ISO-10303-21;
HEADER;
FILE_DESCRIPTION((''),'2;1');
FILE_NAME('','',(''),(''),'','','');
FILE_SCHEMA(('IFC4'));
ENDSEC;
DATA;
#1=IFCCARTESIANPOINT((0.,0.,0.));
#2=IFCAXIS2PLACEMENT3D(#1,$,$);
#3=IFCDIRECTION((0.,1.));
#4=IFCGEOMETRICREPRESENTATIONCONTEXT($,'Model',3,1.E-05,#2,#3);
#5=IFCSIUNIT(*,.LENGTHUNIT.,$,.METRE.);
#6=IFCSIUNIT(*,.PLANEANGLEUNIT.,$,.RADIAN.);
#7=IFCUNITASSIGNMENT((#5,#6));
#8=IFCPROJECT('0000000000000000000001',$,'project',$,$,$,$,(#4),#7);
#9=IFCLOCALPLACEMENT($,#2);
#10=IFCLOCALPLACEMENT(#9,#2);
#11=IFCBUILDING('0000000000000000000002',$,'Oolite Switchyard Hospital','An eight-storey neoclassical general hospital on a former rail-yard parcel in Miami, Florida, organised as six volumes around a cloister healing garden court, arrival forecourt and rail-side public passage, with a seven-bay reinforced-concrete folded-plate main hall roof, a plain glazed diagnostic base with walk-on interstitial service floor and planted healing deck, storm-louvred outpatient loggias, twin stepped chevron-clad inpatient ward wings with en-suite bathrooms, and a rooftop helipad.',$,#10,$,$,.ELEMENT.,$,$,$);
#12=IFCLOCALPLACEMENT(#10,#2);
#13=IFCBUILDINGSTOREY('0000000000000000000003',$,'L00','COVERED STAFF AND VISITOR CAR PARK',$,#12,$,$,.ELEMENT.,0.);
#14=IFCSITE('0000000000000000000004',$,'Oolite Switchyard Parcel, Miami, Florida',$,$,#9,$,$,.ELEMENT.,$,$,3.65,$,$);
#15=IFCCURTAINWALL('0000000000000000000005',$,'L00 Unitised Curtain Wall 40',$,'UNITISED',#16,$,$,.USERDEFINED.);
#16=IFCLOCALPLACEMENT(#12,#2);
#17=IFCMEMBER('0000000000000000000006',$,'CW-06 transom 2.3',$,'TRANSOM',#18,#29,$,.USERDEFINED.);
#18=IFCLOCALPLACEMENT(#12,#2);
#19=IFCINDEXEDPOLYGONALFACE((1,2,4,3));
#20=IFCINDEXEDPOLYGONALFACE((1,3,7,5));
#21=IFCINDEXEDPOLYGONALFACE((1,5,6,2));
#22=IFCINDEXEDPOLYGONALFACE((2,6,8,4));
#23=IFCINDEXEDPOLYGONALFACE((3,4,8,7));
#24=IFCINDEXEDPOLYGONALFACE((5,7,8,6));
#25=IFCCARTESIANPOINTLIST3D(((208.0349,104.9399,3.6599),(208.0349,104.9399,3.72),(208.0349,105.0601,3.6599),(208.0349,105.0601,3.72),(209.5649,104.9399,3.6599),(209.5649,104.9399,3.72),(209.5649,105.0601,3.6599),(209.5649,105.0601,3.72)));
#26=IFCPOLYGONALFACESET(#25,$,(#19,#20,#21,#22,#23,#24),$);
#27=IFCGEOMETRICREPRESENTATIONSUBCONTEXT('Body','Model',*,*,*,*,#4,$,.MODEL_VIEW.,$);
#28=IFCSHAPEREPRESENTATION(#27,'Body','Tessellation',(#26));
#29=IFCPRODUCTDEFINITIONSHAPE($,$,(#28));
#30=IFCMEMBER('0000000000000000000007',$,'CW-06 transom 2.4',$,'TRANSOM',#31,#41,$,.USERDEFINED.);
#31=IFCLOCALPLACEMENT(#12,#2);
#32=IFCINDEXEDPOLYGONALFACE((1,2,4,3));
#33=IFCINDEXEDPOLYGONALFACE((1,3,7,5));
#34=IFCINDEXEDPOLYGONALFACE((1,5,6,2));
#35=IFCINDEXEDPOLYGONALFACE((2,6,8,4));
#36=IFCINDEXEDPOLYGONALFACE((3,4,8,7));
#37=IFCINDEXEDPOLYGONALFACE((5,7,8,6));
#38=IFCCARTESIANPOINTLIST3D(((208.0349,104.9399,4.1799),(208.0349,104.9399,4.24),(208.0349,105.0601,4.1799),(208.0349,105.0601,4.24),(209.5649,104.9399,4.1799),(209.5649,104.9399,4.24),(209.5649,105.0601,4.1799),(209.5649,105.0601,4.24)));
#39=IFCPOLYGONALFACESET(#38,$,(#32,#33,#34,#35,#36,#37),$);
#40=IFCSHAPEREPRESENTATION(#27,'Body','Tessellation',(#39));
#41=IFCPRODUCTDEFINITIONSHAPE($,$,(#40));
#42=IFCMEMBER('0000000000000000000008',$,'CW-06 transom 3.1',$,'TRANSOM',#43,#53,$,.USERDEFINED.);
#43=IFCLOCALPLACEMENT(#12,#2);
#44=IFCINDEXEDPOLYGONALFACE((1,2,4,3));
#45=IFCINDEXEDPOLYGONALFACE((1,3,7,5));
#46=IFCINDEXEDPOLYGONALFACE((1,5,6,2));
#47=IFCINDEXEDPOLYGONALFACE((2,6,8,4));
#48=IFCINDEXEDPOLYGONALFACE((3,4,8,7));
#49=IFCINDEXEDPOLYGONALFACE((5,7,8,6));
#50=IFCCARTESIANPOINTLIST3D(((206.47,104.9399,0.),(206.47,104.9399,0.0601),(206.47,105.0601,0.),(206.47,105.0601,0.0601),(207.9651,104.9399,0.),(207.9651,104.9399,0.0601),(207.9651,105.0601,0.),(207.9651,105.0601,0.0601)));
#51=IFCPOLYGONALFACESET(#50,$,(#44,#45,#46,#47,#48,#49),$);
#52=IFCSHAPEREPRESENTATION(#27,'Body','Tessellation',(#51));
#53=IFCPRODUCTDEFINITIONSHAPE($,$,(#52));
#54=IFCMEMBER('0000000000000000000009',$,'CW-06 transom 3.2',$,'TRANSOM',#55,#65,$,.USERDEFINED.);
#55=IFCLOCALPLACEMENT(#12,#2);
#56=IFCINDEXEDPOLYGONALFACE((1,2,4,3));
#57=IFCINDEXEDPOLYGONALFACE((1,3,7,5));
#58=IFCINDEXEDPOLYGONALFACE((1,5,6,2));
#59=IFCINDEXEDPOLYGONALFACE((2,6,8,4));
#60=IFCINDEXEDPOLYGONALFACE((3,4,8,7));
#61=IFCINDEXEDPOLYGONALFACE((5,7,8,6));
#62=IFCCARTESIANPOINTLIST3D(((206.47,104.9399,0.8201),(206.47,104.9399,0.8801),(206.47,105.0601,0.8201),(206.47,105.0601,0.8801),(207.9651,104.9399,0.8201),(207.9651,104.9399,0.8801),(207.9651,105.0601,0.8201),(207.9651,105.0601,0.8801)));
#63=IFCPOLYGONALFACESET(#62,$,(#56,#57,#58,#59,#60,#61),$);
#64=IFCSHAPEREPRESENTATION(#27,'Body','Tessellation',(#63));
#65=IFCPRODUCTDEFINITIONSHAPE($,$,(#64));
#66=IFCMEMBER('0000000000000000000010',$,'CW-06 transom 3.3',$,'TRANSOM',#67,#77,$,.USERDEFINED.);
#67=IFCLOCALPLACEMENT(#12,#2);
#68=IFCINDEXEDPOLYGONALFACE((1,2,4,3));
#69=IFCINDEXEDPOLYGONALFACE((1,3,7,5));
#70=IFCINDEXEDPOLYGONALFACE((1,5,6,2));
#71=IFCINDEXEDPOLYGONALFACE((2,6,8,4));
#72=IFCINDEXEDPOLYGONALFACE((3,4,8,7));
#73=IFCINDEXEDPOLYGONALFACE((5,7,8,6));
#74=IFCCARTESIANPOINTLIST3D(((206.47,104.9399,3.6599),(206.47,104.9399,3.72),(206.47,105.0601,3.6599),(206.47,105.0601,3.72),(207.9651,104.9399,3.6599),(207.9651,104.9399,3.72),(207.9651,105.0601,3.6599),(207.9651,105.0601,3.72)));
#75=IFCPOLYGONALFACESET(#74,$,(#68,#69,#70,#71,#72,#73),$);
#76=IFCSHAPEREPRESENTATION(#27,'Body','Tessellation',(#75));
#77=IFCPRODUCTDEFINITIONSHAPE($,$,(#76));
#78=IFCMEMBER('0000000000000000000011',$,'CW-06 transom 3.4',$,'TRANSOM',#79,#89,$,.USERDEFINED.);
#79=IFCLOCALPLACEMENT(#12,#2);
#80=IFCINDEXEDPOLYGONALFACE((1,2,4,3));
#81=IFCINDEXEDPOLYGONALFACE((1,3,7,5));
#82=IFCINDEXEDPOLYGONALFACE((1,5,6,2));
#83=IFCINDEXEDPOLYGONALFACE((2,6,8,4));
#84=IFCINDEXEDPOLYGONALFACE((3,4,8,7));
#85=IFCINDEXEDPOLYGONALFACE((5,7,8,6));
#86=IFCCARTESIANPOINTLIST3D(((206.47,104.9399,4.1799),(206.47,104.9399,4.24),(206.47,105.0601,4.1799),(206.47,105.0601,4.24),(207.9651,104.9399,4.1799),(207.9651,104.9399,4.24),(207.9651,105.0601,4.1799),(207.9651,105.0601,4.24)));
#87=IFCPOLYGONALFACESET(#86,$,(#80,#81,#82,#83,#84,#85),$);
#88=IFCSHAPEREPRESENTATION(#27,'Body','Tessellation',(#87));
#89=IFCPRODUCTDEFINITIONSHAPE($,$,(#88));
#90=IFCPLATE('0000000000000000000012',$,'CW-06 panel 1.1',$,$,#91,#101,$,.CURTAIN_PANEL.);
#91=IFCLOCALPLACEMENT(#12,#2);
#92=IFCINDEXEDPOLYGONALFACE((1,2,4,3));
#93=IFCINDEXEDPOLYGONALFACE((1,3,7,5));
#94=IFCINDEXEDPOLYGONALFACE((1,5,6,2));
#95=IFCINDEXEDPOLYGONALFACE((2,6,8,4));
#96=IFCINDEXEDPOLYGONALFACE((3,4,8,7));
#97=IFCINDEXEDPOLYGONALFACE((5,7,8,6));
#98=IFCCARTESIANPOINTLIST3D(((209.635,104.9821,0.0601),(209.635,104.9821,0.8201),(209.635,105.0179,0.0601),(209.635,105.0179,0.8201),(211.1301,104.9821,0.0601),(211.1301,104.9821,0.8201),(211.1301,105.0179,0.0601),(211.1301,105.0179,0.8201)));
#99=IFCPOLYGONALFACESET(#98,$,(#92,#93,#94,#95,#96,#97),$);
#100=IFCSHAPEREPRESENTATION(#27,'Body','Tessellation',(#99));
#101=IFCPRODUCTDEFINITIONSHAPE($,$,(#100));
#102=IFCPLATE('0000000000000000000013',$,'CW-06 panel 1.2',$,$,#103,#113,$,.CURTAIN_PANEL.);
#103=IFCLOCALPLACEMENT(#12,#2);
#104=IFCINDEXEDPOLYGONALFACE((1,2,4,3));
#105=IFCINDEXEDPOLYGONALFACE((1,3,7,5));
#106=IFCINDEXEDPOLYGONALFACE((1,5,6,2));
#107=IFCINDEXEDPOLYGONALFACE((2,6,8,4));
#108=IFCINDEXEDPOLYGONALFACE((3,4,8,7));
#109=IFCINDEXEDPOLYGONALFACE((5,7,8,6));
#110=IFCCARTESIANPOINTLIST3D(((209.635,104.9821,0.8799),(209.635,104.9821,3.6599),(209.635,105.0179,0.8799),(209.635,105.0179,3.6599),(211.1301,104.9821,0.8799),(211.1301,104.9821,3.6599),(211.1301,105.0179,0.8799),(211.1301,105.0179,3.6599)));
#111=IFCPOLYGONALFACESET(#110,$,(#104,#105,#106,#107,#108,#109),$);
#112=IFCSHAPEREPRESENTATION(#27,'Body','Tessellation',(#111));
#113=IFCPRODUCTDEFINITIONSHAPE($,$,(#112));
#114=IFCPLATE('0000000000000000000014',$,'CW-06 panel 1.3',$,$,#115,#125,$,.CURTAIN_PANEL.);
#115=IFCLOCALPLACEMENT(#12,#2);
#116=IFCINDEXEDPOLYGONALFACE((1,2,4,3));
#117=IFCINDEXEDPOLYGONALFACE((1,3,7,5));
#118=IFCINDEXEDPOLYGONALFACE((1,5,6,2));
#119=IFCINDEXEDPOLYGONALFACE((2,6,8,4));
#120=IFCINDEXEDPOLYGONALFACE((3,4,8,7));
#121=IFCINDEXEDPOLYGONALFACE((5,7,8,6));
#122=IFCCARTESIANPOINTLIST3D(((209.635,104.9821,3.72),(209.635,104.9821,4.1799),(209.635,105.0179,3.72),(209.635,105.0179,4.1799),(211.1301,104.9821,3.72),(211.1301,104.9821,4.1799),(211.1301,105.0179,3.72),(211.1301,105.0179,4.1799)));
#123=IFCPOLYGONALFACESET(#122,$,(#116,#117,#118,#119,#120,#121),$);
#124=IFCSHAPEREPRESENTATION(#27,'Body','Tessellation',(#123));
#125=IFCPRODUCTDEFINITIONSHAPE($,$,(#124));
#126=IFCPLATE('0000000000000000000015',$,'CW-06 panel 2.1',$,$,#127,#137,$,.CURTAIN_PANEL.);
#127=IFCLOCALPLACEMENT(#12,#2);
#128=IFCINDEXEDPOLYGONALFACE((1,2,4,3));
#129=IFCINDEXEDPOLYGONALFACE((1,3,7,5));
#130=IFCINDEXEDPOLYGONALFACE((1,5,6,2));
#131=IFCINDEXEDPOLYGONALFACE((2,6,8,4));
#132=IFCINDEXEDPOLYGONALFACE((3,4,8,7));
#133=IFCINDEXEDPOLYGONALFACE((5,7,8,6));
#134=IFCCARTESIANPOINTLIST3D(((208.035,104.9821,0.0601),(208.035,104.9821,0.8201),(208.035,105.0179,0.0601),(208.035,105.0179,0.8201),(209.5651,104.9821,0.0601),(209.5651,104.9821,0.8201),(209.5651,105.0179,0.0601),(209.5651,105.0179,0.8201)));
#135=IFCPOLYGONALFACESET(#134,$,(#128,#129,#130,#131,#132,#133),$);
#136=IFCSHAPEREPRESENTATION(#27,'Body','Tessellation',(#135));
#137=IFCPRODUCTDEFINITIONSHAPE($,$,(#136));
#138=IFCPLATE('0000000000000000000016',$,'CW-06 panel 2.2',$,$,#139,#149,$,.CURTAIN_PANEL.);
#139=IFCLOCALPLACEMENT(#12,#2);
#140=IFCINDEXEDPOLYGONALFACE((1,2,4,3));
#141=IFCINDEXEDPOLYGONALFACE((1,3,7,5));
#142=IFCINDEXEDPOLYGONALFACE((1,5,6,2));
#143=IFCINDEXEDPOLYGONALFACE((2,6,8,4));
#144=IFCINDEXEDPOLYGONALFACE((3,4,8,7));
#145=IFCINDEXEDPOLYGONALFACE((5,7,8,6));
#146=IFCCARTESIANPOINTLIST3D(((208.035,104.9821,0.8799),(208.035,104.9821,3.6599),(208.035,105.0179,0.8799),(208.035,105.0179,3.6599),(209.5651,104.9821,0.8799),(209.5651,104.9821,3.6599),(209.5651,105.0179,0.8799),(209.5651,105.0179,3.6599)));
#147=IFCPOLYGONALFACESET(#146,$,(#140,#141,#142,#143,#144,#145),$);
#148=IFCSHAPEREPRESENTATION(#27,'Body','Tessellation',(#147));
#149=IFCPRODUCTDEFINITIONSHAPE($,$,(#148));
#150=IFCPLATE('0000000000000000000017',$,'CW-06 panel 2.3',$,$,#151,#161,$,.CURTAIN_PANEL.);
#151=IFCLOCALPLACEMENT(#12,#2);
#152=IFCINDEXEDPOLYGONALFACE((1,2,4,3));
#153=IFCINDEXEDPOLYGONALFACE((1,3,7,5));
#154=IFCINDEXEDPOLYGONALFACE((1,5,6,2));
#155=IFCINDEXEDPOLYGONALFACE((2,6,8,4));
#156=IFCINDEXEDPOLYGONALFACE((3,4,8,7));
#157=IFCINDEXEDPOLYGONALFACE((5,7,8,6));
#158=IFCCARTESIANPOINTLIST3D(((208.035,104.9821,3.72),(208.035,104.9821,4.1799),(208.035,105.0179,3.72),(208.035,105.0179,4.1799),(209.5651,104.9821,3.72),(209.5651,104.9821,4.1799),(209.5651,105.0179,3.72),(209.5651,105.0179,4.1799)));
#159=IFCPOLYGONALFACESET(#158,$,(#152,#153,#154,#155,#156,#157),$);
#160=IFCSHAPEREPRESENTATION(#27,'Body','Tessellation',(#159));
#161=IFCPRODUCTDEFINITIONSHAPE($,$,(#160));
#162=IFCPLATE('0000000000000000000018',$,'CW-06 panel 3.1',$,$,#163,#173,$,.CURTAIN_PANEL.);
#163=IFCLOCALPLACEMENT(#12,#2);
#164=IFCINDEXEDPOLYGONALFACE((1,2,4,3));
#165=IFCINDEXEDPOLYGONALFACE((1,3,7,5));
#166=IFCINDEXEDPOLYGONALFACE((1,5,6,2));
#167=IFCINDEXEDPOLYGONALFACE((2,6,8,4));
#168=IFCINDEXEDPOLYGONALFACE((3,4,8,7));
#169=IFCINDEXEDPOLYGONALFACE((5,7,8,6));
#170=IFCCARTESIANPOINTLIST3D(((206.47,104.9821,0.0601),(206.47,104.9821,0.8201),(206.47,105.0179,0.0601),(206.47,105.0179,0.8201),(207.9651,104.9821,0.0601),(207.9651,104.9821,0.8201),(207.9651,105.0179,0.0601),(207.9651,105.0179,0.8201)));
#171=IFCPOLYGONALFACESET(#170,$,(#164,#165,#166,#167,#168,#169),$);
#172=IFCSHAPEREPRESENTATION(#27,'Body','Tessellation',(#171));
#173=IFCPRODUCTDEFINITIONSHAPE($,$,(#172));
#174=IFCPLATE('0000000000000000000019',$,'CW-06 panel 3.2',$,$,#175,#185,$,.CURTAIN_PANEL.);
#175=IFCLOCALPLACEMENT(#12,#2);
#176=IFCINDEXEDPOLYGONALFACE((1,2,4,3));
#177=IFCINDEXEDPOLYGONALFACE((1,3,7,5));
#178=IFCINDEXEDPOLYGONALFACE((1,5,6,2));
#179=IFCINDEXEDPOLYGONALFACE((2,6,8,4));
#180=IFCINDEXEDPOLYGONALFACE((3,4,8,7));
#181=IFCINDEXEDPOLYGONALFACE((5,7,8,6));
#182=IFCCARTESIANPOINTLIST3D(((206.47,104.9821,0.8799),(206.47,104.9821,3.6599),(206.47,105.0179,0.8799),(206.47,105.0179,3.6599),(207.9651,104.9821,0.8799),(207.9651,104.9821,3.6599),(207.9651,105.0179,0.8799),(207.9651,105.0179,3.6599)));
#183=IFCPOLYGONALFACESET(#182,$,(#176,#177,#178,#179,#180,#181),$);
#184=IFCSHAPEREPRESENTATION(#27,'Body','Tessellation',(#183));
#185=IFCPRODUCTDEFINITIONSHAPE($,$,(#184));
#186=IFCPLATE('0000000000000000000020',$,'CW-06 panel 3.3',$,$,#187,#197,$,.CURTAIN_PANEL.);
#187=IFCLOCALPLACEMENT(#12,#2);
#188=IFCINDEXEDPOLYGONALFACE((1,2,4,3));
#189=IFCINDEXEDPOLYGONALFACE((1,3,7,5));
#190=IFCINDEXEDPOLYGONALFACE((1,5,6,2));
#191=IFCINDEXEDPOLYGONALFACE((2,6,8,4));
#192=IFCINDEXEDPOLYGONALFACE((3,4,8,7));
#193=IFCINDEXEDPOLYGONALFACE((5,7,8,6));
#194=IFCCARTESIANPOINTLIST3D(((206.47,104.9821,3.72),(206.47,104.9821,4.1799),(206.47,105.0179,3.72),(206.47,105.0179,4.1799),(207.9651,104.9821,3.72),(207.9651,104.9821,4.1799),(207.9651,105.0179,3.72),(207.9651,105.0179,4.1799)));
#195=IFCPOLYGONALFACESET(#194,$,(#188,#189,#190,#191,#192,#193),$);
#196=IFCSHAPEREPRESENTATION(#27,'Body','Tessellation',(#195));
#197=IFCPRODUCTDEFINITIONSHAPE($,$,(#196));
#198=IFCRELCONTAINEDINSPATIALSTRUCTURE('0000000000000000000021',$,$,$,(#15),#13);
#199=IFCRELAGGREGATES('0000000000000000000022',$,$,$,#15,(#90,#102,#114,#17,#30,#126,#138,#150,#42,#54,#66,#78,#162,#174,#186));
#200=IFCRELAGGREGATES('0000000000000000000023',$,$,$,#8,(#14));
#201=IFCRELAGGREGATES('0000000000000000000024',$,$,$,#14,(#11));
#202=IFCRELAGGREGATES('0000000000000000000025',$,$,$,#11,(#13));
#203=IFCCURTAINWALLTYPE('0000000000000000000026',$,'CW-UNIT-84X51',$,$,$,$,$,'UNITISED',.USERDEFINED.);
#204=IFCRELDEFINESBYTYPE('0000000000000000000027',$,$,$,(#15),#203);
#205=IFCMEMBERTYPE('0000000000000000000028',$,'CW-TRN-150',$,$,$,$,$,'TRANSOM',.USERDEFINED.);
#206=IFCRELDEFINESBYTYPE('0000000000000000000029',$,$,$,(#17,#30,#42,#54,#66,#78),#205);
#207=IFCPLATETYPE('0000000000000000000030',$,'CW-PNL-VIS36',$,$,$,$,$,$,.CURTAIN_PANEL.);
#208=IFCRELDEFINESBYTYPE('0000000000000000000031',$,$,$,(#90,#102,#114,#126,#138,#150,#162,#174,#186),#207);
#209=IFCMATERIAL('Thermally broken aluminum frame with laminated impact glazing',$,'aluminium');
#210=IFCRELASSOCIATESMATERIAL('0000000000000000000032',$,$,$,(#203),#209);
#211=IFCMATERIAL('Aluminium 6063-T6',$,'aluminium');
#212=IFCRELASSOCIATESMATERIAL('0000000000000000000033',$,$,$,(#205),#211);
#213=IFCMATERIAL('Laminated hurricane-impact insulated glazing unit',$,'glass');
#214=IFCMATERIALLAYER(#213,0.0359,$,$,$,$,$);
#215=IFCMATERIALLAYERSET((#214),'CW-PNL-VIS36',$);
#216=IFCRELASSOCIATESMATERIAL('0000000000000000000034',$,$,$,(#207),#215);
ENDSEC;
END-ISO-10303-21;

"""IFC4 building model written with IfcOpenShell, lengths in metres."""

from ifc_helpers import new_model, si_unit, direction, frame, origin, origin_2d, place, context, subcontext, project, spatial, rectangle, extrude, material, layer, layer_set, material_profile, profile_set, type_object, element, aggregate, save


model = new_model("IFC4")

# Units and contexts
model_context = context("Model", 3, precision=1e-05, world=origin(), true_north=direction((0.0, 1.0)))
body_context = subcontext(model_context, "Body", "Model", "MODEL_VIEW")
ifc_project = project(units=[si_unit("LENGTHUNIT", "METRE"), si_unit("PLANEANGLEUNIT", "RADIAN")], contexts=[model_context])

# Site, building, storey
site_placement = place(None, origin())
site = spatial("IfcSite", under=ifc_project, at=site_placement, Name="Oolite Switchyard Parcel, Miami, Florida", CompositionType="ELEMENT", RefElevation=3.65)
building_placement = place(site_placement, origin())
building = spatial("IfcBuilding", under=site, at=building_placement, Name="Oolite Switchyard Hospital", Description="An eight-storey neoclassical general hospital on a former rail-yard parcel in Miami, Florida, organised as six volumes around a cloister healing garden court, arrival forecourt and rail-side public passage, with a seven-bay reinforced-concrete folded-plate main hall roof, a plain glazed diagnostic base with walk-on interstitial service floor and planted healing deck, storm-louvred outpatient loggias, twin stepped chevron-clad inpatient ward wings with en-suite bathrooms, and a rooftop helipad.", CompositionType="ELEMENT")
storey_placement = place(building_placement, origin())
storey = spatial("IfcBuildingStorey", under=building, at=storey_placement, Name="L00", Description="COVERED STAFF AND VISITOR CAR PARK", CompositionType="ELEMENT", Elevation=0.0)

# Curtain wall, members, plates
ifc_material_1 = material(Name="Thermally broken aluminum frame with laminated impact glazing", Category="aluminium")
curtain_wall_type = type_object("IfcCurtainWallType", Name="CW-UNIT-84X51", ElementType="UNITISED", PredefinedType="USERDEFINED", material=ifc_material_1)
curtain_wall_placement = place(storey_placement, origin())
curtain_wall = element("IfcCurtainWall", 1, at=curtain_wall_placement, inside=storey, type_object=curtain_wall_type, Name="L00 Unitised Curtain Wall 40", ObjectType="UNITISED", PredefinedType="USERDEFINED")
ifc_material_2 = material(Name="Aluminium 6063-T6", Category="aluminium")
ifc_material_profile_1 = material_profile(ifc_material_2, rectangle(XDim=0.1201, YDim=0.0601, at=origin_2d()), Name="CWT60X120")
ifc_profile_set_1 = profile_set([ifc_material_profile_1], Name="Aluminium 6063-T6")
member_type_1 = type_object("IfcMemberType", Name="CW-TRN-150", ElementType="TRANSOM", PredefinedType="USERDEFINED", material=ifc_profile_set_1)
member_1_placement = place(storey_placement, frame((209.5649, 105.0, 3.6899), z_axis=(-1.0, 0.0, 0.0), x_axis=(0.0, -1.0, 0.0)))
member_1 = element("IfcMember", 2, at=member_1_placement, type_object=member_type_1, Name="CW-06 transom 2.3", ObjectType="TRANSOM", PredefinedType="USERDEFINED", context=body_context, shape_type="SweptSolid", body=[
    extrude(rectangle(XDim=0.1201, YDim=0.0601, at=origin_2d()), origin(), (0.0, 0.0, 1.0), 1.53),
])
member_2_placement = place(storey_placement, frame((209.5649, 105.0, 4.21), z_axis=(-1.0, 0.0, 0.0), x_axis=(0.0, -1.0, 0.0)))
member_2 = element("IfcMember", 3, at=member_2_placement, type_object=member_type_1, Name="CW-06 transom 2.4", ObjectType="TRANSOM", PredefinedType="USERDEFINED", context=body_context, shape_type="SweptSolid", body=[
    extrude(rectangle(XDim=0.1201, YDim=0.0601, at=origin_2d()), origin(), (0.0, 0.0, 1.0), 1.53),
])
member_3_placement = place(storey_placement, frame((207.9651, 105.0, 0.03), z_axis=(-1.0, 0.0, 0.0), x_axis=(0.0, -1.0, 0.0)))
member_3 = element("IfcMember", 4, at=member_3_placement, type_object=member_type_1, Name="CW-06 transom 3.1", ObjectType="TRANSOM", PredefinedType="USERDEFINED", context=body_context, shape_type="SweptSolid", body=[
    extrude(rectangle(XDim=0.1201, YDim=0.0601, at=origin_2d()), origin(), (0.0, 0.0, 1.0), 1.4951),
])
member_4_placement = place(storey_placement, frame((207.9651, 105.0, 0.8501), z_axis=(-1.0, 0.0, 0.0), x_axis=(0.0, -1.0, 0.0)))
member_4 = element("IfcMember", 5, at=member_4_placement, type_object=member_type_1, Name="CW-06 transom 3.2", ObjectType="TRANSOM", PredefinedType="USERDEFINED", context=body_context, shape_type="SweptSolid", body=[
    extrude(rectangle(XDim=0.1201, YDim=0.0601, at=origin_2d()), origin(), (0.0, 0.0, 1.0), 1.4951),
])
member_5_placement = place(storey_placement, frame((207.9651, 105.0, 3.6899), z_axis=(-1.0, 0.0, 0.0), x_axis=(0.0, -1.0, 0.0)))
member_5 = element("IfcMember", 6, at=member_5_placement, type_object=member_type_1, Name="CW-06 transom 3.3", ObjectType="TRANSOM", PredefinedType="USERDEFINED", context=body_context, shape_type="SweptSolid", body=[
    extrude(rectangle(XDim=0.1201, YDim=0.0601, at=origin_2d()), origin(), (0.0, 0.0, 1.0), 1.4951),
])
member_6_placement = place(storey_placement, frame((207.9651, 105.0, 4.21), z_axis=(-1.0, 0.0, 0.0), x_axis=(0.0, -1.0, 0.0)))
member_6 = element("IfcMember", 7, at=member_6_placement, type_object=member_type_1, Name="CW-06 transom 3.4", ObjectType="TRANSOM", PredefinedType="USERDEFINED", context=body_context, shape_type="SweptSolid", body=[
    extrude(rectangle(XDim=0.1201, YDim=0.0601, at=origin_2d()), origin(), (0.0, 0.0, 1.0), 1.4951),
])
ifc_material_3 = material(Name="Laminated hurricane-impact insulated glazing unit", Category="glass")
ifc_layer = layer(ifc_material_3, 0.0359)
ifc_layer_set = layer_set([ifc_layer], Name="CW-PNL-VIS36")
plate_type = type_object("IfcPlateType", Name="CW-PNL-VIS36", PredefinedType="CURTAIN_PANEL", material=ifc_layer_set)
plate_1_placement = place(storey_placement, frame((210.3826, 105.0, 0.0601), z_axis=(0.0, 0.0, 1.0), x_axis=(-1.0, 0.0, 0.0)))
plate_1 = element("IfcPlate", 8, at=plate_1_placement, type_object=plate_type, Name="CW-06 panel 1.1", PredefinedType="CURTAIN_PANEL", context=body_context, shape_type="SweptSolid", body=[
    extrude(rectangle(XDim=1.4951, YDim=0.0359, at=origin_2d()), origin(), (0.0, 0.0, 1.0), 0.76),
])
plate_2_placement = place(storey_placement, frame((210.3826, 105.0, 0.8799), z_axis=(0.0, 0.0, 1.0), x_axis=(-1.0, 0.0, 0.0)))
plate_2 = element("IfcPlate", 9, at=plate_2_placement, type_object=plate_type, Name="CW-06 panel 1.2", PredefinedType="CURTAIN_PANEL", context=body_context, shape_type="SweptSolid", body=[
    extrude(rectangle(XDim=1.4951, YDim=0.0359, at=origin_2d()), origin(), (0.0, 0.0, 1.0), 2.78),
])
plate_3_placement = place(storey_placement, frame((210.3826, 105.0, 3.72), z_axis=(0.0, 0.0, 1.0), x_axis=(-1.0, 0.0, 0.0)))
plate_3 = element("IfcPlate", 10, at=plate_3_placement, type_object=plate_type, Name="CW-06 panel 1.3", PredefinedType="CURTAIN_PANEL", context=body_context, shape_type="SweptSolid", body=[
    extrude(rectangle(XDim=1.4951, YDim=0.0359, at=origin_2d()), origin(), (0.0, 0.0, 1.0), 0.46),
])
plate_4_placement = place(storey_placement, frame((208.8, 105.0, 0.0601), z_axis=(0.0, 0.0, 1.0), x_axis=(-1.0, 0.0, 0.0)))
plate_4 = element("IfcPlate", 11, at=plate_4_placement, type_object=plate_type, Name="CW-06 panel 2.1", PredefinedType="CURTAIN_PANEL", context=body_context, shape_type="SweptSolid", body=[
    extrude(rectangle(XDim=1.53, YDim=0.0359, at=origin_2d()), origin(), (0.0, 0.0, 1.0), 0.76),
])
plate_5_placement = place(storey_placement, frame((208.8, 105.0, 0.8799), z_axis=(0.0, 0.0, 1.0), x_axis=(-1.0, 0.0, 0.0)))
plate_5 = element("IfcPlate", 12, at=plate_5_placement, type_object=plate_type, Name="CW-06 panel 2.2", PredefinedType="CURTAIN_PANEL", context=body_context, shape_type="SweptSolid", body=[
    extrude(rectangle(XDim=1.53, YDim=0.0359, at=origin_2d()), origin(), (0.0, 0.0, 1.0), 2.78),
])
plate_6_placement = place(storey_placement, frame((208.8, 105.0, 3.72), z_axis=(0.0, 0.0, 1.0), x_axis=(-1.0, 0.0, 0.0)))
plate_6 = element("IfcPlate", 13, at=plate_6_placement, type_object=plate_type, Name="CW-06 panel 2.3", PredefinedType="CURTAIN_PANEL", context=body_context, shape_type="SweptSolid", body=[
    extrude(rectangle(XDim=1.53, YDim=0.0359, at=origin_2d()), origin(), (0.0, 0.0, 1.0), 0.46),
])
plate_7_placement = place(storey_placement, frame((207.2175, 105.0, 0.0601), z_axis=(0.0, 0.0, 1.0), x_axis=(-1.0, 0.0, 0.0)))
plate_7 = element("IfcPlate", 14, at=plate_7_placement, type_object=plate_type, Name="CW-06 panel 3.1", PredefinedType="CURTAIN_PANEL", context=body_context, shape_type="SweptSolid", body=[
    extrude(rectangle(XDim=1.4951, YDim=0.0359, at=origin_2d()), origin(), (0.0, 0.0, 1.0), 0.76),
])
plate_8_placement = place(storey_placement, frame((207.2175, 105.0, 0.8799), z_axis=(0.0, 0.0, 1.0), x_axis=(-1.0, 0.0, 0.0)))
plate_8 = element("IfcPlate", 15, at=plate_8_placement, type_object=plate_type, Name="CW-06 panel 3.2", PredefinedType="CURTAIN_PANEL", context=body_context, shape_type="SweptSolid", body=[
    extrude(rectangle(XDim=1.4951, YDim=0.0359, at=origin_2d()), origin(), (0.0, 0.0, 1.0), 2.78),
])
plate_9_placement = place(storey_placement, frame((207.2175, 105.0, 3.72), z_axis=(0.0, 0.0, 1.0), x_axis=(-1.0, 0.0, 0.0)))
plate_9 = element("IfcPlate", 16, at=plate_9_placement, type_object=plate_type, Name="CW-06 panel 3.3", PredefinedType="CURTAIN_PANEL", context=body_context, shape_type="SweptSolid", body=[
    extrude(rectangle(XDim=1.4951, YDim=0.0359, at=origin_2d()), origin(), (0.0, 0.0, 1.0), 0.46),
])
aggregate(curtain_wall, [plate_1, plate_2, plate_3, member_1, member_2, plate_4, plate_5, plate_6, member_3, member_4, member_5, member_6, plate_7, plate_8, plate_9])

save(model, "model.ifc")
